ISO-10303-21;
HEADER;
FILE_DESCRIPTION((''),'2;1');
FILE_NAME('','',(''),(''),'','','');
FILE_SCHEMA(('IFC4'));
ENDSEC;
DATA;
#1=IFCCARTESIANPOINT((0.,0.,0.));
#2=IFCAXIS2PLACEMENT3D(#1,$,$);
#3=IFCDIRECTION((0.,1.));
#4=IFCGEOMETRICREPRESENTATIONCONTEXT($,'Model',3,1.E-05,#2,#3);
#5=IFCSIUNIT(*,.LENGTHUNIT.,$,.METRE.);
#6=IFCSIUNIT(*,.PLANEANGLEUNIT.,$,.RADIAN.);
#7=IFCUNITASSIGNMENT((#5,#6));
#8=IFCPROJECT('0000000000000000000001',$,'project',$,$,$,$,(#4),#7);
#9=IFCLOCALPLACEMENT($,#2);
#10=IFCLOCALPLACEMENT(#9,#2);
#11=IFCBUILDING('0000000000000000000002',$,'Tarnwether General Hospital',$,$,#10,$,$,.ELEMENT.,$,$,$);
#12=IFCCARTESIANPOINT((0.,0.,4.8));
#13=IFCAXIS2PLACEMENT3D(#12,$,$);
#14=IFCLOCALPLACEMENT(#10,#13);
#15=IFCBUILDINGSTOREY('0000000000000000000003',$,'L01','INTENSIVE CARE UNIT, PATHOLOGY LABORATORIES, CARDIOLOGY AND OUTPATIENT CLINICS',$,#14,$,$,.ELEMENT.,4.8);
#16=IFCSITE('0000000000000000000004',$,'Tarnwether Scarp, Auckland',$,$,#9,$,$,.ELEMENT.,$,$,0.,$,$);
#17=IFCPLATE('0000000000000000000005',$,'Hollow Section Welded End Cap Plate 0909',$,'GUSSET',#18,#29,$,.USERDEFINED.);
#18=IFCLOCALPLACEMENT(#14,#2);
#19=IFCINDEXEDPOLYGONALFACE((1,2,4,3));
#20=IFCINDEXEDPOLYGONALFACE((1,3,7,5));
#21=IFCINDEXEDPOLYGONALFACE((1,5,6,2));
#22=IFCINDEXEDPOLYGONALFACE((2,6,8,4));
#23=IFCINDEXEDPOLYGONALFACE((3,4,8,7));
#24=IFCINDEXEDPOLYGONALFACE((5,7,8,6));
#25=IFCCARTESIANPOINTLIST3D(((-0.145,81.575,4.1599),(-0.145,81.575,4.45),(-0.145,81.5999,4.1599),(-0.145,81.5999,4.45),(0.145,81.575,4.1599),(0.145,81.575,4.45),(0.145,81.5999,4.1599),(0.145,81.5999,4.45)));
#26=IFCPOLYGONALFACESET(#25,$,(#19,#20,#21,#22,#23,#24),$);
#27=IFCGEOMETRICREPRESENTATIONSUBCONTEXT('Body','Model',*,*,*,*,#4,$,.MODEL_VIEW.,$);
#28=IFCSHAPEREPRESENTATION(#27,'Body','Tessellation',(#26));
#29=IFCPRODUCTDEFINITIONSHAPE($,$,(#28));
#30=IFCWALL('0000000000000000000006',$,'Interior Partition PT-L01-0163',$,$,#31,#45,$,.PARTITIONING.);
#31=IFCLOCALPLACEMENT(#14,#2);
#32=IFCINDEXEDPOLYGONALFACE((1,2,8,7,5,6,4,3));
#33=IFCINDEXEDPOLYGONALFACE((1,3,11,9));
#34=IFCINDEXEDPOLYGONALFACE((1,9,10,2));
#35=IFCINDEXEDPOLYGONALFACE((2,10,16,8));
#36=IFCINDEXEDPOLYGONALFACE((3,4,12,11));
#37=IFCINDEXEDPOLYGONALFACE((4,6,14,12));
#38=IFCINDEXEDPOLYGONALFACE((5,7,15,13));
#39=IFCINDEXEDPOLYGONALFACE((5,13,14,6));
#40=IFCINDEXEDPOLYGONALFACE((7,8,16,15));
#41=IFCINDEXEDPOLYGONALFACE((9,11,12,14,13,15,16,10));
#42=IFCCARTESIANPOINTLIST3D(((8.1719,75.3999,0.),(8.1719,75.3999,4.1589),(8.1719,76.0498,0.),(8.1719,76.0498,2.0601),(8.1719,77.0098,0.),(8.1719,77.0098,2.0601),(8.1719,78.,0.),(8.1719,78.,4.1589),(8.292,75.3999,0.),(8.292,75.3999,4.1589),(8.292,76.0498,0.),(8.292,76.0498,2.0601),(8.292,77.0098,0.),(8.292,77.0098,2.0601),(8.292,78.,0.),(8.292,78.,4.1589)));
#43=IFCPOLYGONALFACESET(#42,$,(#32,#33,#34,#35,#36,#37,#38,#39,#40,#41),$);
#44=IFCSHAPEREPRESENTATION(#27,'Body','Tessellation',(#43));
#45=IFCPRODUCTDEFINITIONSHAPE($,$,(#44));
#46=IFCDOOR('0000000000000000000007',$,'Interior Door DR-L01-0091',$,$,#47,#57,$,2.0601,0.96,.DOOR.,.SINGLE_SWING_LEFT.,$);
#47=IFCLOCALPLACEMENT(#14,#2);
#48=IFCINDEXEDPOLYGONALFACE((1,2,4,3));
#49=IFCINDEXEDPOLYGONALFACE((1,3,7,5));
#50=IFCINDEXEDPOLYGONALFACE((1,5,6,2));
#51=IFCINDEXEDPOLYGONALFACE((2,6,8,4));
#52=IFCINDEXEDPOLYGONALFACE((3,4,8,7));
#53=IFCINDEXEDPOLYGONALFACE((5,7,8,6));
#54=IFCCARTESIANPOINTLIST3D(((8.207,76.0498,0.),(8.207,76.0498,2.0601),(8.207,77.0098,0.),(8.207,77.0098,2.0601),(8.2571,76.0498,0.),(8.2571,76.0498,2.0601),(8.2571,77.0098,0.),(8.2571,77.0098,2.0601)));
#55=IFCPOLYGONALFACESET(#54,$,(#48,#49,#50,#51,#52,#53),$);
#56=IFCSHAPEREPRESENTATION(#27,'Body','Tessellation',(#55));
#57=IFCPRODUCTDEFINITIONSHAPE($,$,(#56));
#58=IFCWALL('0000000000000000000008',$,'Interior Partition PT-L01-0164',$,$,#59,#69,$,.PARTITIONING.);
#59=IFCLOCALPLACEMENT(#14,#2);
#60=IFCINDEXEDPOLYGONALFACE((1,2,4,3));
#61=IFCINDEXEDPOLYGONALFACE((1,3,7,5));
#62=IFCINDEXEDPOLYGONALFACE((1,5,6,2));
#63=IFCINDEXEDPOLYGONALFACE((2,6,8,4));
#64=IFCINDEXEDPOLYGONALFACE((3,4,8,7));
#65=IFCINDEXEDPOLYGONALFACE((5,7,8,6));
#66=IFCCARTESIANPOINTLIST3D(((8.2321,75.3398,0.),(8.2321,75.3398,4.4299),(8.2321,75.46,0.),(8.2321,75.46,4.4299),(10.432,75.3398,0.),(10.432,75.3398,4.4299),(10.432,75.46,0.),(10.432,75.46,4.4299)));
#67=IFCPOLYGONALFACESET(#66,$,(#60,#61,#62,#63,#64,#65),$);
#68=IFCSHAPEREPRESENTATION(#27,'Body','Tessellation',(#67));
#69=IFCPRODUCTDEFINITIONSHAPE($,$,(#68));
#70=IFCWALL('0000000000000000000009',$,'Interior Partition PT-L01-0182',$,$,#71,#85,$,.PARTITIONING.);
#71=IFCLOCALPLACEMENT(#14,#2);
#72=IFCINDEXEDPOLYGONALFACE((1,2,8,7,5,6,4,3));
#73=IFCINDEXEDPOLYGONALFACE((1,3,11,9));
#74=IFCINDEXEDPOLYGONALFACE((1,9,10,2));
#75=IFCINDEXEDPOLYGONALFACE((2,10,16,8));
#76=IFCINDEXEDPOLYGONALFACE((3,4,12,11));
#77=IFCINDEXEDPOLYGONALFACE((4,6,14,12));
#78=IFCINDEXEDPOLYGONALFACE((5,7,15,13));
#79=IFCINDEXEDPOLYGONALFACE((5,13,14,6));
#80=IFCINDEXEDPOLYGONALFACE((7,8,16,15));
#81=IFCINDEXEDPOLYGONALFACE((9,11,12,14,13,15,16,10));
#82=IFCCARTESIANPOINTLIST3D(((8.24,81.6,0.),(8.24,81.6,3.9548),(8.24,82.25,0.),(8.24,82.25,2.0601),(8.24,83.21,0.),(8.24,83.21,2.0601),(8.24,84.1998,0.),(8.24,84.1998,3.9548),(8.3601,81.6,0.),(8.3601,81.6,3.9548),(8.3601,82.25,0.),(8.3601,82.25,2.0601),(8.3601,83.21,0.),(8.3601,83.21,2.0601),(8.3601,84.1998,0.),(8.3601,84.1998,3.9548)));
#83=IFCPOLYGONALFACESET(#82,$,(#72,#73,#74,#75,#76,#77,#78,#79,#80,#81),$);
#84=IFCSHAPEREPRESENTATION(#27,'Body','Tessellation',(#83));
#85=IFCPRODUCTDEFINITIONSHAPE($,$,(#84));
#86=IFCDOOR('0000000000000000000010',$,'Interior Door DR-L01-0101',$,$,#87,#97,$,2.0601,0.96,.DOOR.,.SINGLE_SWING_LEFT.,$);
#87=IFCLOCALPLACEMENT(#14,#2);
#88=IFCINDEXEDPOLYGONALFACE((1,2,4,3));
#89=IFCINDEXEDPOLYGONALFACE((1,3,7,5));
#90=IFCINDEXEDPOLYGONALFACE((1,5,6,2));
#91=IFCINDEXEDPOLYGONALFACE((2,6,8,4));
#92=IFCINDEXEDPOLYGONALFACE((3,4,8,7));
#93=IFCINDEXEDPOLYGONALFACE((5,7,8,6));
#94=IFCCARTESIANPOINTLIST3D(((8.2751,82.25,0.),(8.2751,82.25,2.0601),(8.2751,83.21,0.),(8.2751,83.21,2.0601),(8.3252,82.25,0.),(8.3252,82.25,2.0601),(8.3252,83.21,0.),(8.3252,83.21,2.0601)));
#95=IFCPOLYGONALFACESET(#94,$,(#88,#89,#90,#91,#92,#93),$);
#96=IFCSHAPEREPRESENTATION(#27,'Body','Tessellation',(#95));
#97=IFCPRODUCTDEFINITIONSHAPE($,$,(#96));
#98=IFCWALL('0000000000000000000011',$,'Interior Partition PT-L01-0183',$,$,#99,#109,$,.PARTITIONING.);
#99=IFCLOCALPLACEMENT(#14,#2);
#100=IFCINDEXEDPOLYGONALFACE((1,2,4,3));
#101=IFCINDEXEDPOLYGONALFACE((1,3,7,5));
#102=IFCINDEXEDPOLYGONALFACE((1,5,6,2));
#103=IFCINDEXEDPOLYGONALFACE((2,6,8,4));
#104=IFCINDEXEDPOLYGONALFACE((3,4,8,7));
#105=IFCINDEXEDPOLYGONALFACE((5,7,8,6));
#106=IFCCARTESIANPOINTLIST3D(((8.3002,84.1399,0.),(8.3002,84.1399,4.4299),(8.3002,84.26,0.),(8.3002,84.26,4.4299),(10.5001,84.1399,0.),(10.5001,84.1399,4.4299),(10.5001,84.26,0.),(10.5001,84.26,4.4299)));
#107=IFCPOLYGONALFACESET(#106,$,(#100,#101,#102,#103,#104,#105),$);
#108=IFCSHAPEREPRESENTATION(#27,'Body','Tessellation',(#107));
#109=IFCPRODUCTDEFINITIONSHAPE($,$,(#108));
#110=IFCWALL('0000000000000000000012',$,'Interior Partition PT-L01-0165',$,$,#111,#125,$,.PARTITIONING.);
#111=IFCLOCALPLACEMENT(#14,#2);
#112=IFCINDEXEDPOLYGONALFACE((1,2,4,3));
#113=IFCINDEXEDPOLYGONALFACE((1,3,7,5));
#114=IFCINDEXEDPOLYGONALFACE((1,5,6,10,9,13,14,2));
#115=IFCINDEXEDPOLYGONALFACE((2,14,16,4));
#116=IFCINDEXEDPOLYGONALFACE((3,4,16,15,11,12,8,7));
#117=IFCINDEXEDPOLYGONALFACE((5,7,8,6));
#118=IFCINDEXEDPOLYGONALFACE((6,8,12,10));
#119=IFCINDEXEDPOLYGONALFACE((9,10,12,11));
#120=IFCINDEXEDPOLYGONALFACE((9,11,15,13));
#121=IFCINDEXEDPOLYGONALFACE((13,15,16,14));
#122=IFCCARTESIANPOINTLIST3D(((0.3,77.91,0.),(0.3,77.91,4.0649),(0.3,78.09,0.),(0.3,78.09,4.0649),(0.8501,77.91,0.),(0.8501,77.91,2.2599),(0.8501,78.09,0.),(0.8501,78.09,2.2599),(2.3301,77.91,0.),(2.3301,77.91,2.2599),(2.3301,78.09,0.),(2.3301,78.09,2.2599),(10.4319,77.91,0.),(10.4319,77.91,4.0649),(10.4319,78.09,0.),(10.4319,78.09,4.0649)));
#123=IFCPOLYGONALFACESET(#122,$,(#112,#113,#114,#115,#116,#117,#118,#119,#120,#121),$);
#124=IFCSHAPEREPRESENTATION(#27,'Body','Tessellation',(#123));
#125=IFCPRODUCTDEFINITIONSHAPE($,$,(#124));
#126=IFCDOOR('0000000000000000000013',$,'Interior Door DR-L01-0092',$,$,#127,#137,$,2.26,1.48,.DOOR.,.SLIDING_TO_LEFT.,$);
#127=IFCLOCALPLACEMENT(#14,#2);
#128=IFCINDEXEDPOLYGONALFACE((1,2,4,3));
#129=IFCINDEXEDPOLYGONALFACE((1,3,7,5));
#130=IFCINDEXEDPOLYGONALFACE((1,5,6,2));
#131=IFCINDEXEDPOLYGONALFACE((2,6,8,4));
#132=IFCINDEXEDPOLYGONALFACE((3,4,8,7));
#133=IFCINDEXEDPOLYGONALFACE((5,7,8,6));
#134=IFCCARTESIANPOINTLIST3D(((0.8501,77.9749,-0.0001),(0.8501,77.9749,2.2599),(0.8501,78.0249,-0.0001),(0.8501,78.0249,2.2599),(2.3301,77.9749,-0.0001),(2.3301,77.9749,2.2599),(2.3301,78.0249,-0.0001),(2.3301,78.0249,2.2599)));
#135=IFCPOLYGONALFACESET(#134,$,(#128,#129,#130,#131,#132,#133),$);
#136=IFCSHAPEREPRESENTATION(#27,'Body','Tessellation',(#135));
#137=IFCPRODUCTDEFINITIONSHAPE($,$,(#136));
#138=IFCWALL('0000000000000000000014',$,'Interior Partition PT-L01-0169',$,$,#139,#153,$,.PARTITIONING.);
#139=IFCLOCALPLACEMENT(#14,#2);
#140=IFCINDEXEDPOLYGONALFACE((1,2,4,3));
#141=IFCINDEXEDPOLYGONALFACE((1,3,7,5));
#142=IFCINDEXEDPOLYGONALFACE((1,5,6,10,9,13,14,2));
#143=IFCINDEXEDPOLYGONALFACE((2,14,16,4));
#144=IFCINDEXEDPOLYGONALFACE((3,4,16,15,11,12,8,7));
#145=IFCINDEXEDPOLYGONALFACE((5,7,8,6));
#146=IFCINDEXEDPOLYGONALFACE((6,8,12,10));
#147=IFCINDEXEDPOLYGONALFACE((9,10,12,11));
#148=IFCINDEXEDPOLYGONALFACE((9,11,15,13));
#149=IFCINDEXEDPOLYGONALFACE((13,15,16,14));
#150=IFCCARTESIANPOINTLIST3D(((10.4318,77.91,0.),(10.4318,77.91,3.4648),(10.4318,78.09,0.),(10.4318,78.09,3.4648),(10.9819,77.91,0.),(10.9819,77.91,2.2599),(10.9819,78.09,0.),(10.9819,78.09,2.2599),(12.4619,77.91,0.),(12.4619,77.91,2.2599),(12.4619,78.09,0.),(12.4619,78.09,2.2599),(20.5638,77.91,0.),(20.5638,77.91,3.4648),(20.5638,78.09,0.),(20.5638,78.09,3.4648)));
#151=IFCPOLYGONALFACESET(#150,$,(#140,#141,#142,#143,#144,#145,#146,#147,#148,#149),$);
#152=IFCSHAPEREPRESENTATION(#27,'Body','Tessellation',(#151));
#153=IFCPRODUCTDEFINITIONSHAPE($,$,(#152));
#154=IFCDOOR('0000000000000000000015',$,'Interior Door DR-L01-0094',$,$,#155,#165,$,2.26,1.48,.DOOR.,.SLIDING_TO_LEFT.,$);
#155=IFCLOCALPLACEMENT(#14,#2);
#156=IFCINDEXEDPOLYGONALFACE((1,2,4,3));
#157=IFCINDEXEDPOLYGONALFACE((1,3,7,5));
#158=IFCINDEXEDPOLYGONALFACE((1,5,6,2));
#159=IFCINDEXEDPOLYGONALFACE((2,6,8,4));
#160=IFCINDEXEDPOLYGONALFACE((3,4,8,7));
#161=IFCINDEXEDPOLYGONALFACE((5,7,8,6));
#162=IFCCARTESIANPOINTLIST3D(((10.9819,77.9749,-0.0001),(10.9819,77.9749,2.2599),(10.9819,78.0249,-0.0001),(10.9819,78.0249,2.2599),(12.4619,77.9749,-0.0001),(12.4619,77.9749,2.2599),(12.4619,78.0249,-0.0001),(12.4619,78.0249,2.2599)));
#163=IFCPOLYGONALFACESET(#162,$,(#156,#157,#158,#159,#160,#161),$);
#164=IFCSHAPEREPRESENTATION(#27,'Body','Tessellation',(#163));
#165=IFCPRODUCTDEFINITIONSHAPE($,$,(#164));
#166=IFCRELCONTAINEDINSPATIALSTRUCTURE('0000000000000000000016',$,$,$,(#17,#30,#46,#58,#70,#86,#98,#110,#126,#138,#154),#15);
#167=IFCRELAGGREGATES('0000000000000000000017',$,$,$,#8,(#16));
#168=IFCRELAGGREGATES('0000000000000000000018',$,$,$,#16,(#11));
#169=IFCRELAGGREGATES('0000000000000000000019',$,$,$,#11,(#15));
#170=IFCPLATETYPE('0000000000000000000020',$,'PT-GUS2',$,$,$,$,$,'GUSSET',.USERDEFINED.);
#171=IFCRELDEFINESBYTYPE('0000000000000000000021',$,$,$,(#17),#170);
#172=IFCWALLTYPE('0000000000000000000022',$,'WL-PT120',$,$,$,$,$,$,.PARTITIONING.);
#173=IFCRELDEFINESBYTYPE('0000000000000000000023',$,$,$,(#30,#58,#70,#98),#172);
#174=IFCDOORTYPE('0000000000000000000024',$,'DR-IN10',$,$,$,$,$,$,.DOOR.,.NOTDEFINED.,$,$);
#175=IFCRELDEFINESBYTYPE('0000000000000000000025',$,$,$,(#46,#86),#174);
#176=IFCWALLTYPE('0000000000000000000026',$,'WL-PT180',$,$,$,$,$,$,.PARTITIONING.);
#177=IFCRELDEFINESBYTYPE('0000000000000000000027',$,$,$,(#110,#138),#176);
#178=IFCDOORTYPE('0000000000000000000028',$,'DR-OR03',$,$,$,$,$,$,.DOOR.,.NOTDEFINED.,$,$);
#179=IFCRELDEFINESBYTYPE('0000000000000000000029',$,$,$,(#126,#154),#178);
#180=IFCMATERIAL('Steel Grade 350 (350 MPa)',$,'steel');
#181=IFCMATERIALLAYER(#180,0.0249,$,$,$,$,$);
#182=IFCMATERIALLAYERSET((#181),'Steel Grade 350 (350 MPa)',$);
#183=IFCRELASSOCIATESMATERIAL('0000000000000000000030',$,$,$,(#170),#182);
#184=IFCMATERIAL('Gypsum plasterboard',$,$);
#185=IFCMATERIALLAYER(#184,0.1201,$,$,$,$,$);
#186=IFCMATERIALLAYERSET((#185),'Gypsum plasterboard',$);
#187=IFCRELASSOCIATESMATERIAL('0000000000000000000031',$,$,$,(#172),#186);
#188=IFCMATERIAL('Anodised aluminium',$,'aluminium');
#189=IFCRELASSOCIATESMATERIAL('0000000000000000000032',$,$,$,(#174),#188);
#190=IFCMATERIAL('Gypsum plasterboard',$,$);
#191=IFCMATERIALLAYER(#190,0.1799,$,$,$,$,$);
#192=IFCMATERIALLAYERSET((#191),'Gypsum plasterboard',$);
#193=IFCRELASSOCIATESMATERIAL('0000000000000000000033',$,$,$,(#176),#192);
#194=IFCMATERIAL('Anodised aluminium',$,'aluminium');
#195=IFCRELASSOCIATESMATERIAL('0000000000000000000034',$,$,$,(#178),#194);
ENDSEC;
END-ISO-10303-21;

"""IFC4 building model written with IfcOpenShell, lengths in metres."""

from ifc_helpers import new_model, si_unit, direction, frame, frame_2d, origin, origin_2d, place, context, subcontext, project, spatial, rectangle, extrude, material, layer, layer_set, type_object, element, fill, save


model = new_model("IFC4")

# Units and contexts
model_context = context("Model", 3, precision=1e-05, world=origin(), true_north=direction((0.0, 1.0)))
body_context = subcontext(model_context, "Body", "Model", "MODEL_VIEW")
ifc_project = project(units=[si_unit("LENGTHUNIT", "METRE"), si_unit("PLANEANGLEUNIT", "RADIAN")], contexts=[model_context])

# Site, building, storey
site_placement = place(None, origin())
site = spatial("IfcSite", under=ifc_project, at=site_placement, Name="Tarnwether Scarp, Auckland", CompositionType="ELEMENT", RefElevation=0.0)
building_placement = place(site_placement, origin())
building = spatial("IfcBuilding", under=site, at=building_placement, Name="Tarnwether General Hospital", CompositionType="ELEMENT")
storey_placement = place(building_placement, frame((0.0, 0.0, 4.8)))
storey = spatial("IfcBuildingStorey", under=building, at=storey_placement, Name="L01", Description="INTENSIVE CARE UNIT, PATHOLOGY LABORATORIES, CARDIOLOGY AND OUTPATIENT CLINICS", CompositionType="ELEMENT", Elevation=4.8)

# Plate
ifc_material_1 = material(Name="Steel Grade 350 (350 MPa)", Category="steel")
ifc_layer_1 = layer(ifc_material_1, 0.0249)
ifc_layer_set_1 = layer_set([ifc_layer_1], Name="Steel Grade 350 (350 MPa)")
plate_type = type_object("IfcPlateType", Name="PT-GUS2", ElementType="GUSSET", PredefinedType="USERDEFINED", material=ifc_layer_set_1)
plate_1_placement = place(storey_placement, frame((0.0, 81.5874, 4.1599), z_axis=(0.0, 0.0, 1.0), x_axis=(0.0, 1.0, 0.0)))
element("IfcPlate", 1, at=plate_1_placement, inside=storey, type_object=plate_type, Name="Hollow Section Welded End Cap Plate 0909", ObjectType="GUSSET", PredefinedType="USERDEFINED", context=body_context, shape_type="SweptSolid", body=[
    extrude(rectangle(XDim=0.0249, YDim=0.29, at=origin_2d()), origin(), (0.0, 0.0, 1.0), 0.29),
])

# Wall, opening, door
ifc_material_2 = material(Name="Gypsum plasterboard")
ifc_layer_2 = layer(ifc_material_2, 0.1201)
ifc_layer_set_2 = layer_set([ifc_layer_2], Name="Gypsum plasterboard")
wall_type_1 = type_object("IfcWallType", Name="WL-PT120", PredefinedType="PARTITIONING", material=ifc_layer_set_2)
wall_1_placement = place(storey_placement, frame((8.2319, 75.3999, 0.0), z_axis=(0.0, 0.0, 1.0), x_axis=(0.0, 1.0, 0.0)))
wall_1 = element("IfcWall", 2, at=wall_1_placement, inside=storey, type_object=wall_type_1, Name="Interior Partition PT-L01-0163", PredefinedType="PARTITIONING", context=body_context, shape_type="SweptSolid", body=[
    extrude(rectangle(XDim=2.6001, YDim=0.1201, at=frame_2d((1.3, 0.0))), origin(), (0.0, 0.0, 1.0), 4.1589),
])
opening_1_placement = place(wall_1_placement, frame((0.6499, 0.0, 0.0)))
opening_1 = element("IfcOpeningElement", 3, at=opening_1_placement, cuts=wall_1, PredefinedType="OPENING", context=body_context, shape_type="SweptSolid", body=[
    extrude(rectangle(XDim=0.96, YDim=2.0601, at=frame_2d((0.48, 1.03))), frame((0.0, 0.0701, 0.0), z_axis=(0.0, -1.0, 0.0), x_axis=(1.0, 0.0, 0.0)), (0.0, 0.0, 1.0), 0.1401),
])
ifc_material_3 = material(Name="Anodised aluminium", Category="aluminium")
door_type_1 = type_object("IfcDoorType", Name="DR-IN10", OperationType="NOTDEFINED", PredefinedType="DOOR", material=ifc_material_3)
door_1_placement = place(opening_1_placement, origin())
door_1 = element("IfcDoor", 4, at=door_1_placement, inside=storey, type_object=door_type_1, Name="Interior Door DR-L01-0091", OperationType="SINGLE_SWING_LEFT", OverallHeight=2.0601, OverallWidth=0.96, PredefinedType="DOOR", context=body_context, shape_type="SweptSolid", body=[
    extrude(rectangle(XDim=0.96, YDim=2.0601, at=frame_2d((0.48, 1.03))), frame((0.0, 0.0249, 0.0), z_axis=(0.0, -1.0, 0.0), x_axis=(1.0, 0.0, 0.0)), (0.0, 0.0, 1.0), 0.05),
])
fill(opening_1, door_1)

# Wall
wall_2_placement = place(storey_placement, frame((8.2319, 75.3999, 0.0), z_axis=(0.0, 0.0, 1.0), x_axis=(1.0, 0.0, 0.0)))
element("IfcWall", 5, at=wall_2_placement, inside=storey, type_object=wall_type_1, Name="Interior Partition PT-L01-0164", PredefinedType="PARTITIONING", context=body_context, shape_type="SweptSolid", body=[
    extrude(rectangle(XDim=2.2, YDim=0.1201, at=frame_2d((1.1001, 0.0))), origin(), (0.0, 0.0, 1.0), 4.4299),
])

# Wall, opening, door
wall_3_placement = place(storey_placement, frame((8.3, 81.6001, 0.0), z_axis=(0.0, 0.0, 1.0), x_axis=(0.0, 1.0, 0.0)))
wall_3 = element("IfcWall", 6, at=wall_3_placement, inside=storey, type_object=wall_type_1, Name="Interior Partition PT-L01-0182", PredefinedType="PARTITIONING", context=body_context, shape_type="SweptSolid", body=[
    extrude(rectangle(XDim=2.5999, YDim=0.1201, at=frame_2d((1.2998, 0.0))), origin(), (0.0, 0.0, 1.0), 3.9548),
])
opening_2_placement = place(wall_3_placement, frame((0.6499, 0.0, 0.0)))
opening_2 = element("IfcOpeningElement", 7, at=opening_2_placement, cuts=wall_3, PredefinedType="OPENING", context=body_context, shape_type="SweptSolid", body=[
    extrude(rectangle(XDim=0.96, YDim=2.0601, at=frame_2d((0.48, 1.03))), frame((0.0, 0.0701, 0.0), z_axis=(0.0, -1.0, 0.0), x_axis=(1.0, 0.0, 0.0)), (0.0, 0.0, 1.0), 0.1401),
])
door_2_placement = place(opening_2_placement, origin())
door_2 = element("IfcDoor", 8, at=door_2_placement, inside=storey, type_object=door_type_1, Name="Interior Door DR-L01-0101", OperationType="SINGLE_SWING_LEFT", OverallHeight=2.0601, OverallWidth=0.96, PredefinedType="DOOR", context=body_context, shape_type="SweptSolid", body=[
    extrude(rectangle(XDim=0.96, YDim=2.0601, at=frame_2d((0.48, 1.03))), frame((0.0, 0.0249, 0.0), z_axis=(0.0, -1.0, 0.0), x_axis=(1.0, 0.0, 0.0)), (0.0, 0.0, 1.0), 0.05),
])
fill(opening_2, door_2)

# Wall
wall_4_placement = place(storey_placement, frame((8.3, 84.2, 0.0), z_axis=(0.0, 0.0, 1.0), x_axis=(1.0, 0.0, 0.0)))
element("IfcWall", 9, at=wall_4_placement, inside=storey, type_object=wall_type_1, Name="Interior Partition PT-L01-0183", PredefinedType="PARTITIONING", context=body_context, shape_type="SweptSolid", body=[
    extrude(rectangle(XDim=2.2, YDim=0.1201, at=frame_2d((1.1001, 0.0))), origin(), (0.0, 0.0, 1.0), 4.4299),
])

# Walls, openings, doors
ifc_material_4 = material(Name="Gypsum plasterboard")
ifc_layer_3 = layer(ifc_material_4, 0.1799)
ifc_layer_set_3 = layer_set([ifc_layer_3], Name="Gypsum plasterboard")
wall_type_2 = type_object("IfcWallType", Name="WL-PT180", PredefinedType="PARTITIONING", material=ifc_layer_set_3)
wall_5_placement = place(storey_placement, frame((0.3, 78.0, 0.0), z_axis=(0.0, 0.0, 1.0), x_axis=(1.0, 0.0, 0.0)))
wall_5 = element("IfcWall", 10, at=wall_5_placement, inside=storey, type_object=wall_type_2, Name="Interior Partition PT-L01-0165", PredefinedType="PARTITIONING", context=body_context, shape_type="SweptSolid", body=[
    extrude(rectangle(XDim=10.1318, YDim=0.1799, at=frame_2d((5.0659, 0.0))), origin(), (0.0, 0.0, 1.0), 4.0649),
])
opening_3_placement = place(wall_5_placement, frame((0.55, 0.0, 0.0)))
opening_3 = element("IfcOpeningElement", 11, at=opening_3_placement, cuts=wall_5, PredefinedType="OPENING", context=body_context, shape_type="SweptSolid", body=[
    extrude(rectangle(XDim=1.48, YDim=2.26, at=frame_2d((0.74, 1.1299))), frame((0.0, 0.1001, 0.0), z_axis=(0.0, -1.0, 0.0), x_axis=(1.0, 0.0, 0.0)), (0.0, 0.0, 1.0), 0.2),
])
ifc_material_5 = material(Name="Anodised aluminium", Category="aluminium")
door_type_2 = type_object("IfcDoorType", Name="DR-OR03", OperationType="NOTDEFINED", PredefinedType="DOOR", material=ifc_material_5)
door_3_placement = place(opening_3_placement, origin())
door_3 = element("IfcDoor", 12, at=door_3_placement, inside=storey, type_object=door_type_2, Name="Interior Door DR-L01-0092", OperationType="SLIDING_TO_LEFT", OverallHeight=2.26, OverallWidth=1.48, PredefinedType="DOOR", context=body_context, shape_type="SweptSolid", body=[
    extrude(rectangle(XDim=1.48, YDim=2.26, at=frame_2d((0.74, 1.1299))), frame((0.0, 0.0249, 0.0), z_axis=(0.0, -1.0, 0.0), x_axis=(1.0, 0.0, 0.0)), (0.0, 0.0, 1.0), 0.05),
])
fill(opening_3, door_3)
wall_6_placement = place(storey_placement, frame((10.4319, 78.0, 0.0), z_axis=(0.0, 0.0, 1.0), x_axis=(1.0, 0.0, 0.0)))
wall_6 = element("IfcWall", 13, at=wall_6_placement, inside=storey, type_object=wall_type_2, Name="Interior Partition PT-L01-0169", PredefinedType="PARTITIONING", context=body_context, shape_type="SweptSolid", body=[
    extrude(rectangle(XDim=10.1321, YDim=0.1799, at=frame_2d((5.0659, 0.0))), origin(), (0.0, 0.0, 1.0), 3.4648),
])
opening_4_placement = place(wall_6_placement, frame((0.55, 0.0, 0.0)))
opening_4 = element("IfcOpeningElement", 14, at=opening_4_placement, cuts=wall_6, PredefinedType="OPENING", context=body_context, shape_type="SweptSolid", body=[
    extrude(rectangle(XDim=1.48, YDim=2.26, at=frame_2d((0.74, 1.1299))), frame((0.0, 0.1001, 0.0), z_axis=(0.0, -1.0, 0.0), x_axis=(1.0, 0.0, 0.0)), (0.0, 0.0, 1.0), 0.2),
])
door_4_placement = place(opening_4_placement, origin())
door_4 = element("IfcDoor", 15, at=door_4_placement, inside=storey, type_object=door_type_2, Name="Interior Door DR-L01-0094", OperationType="SLIDING_TO_LEFT", OverallHeight=2.26, OverallWidth=1.48, PredefinedType="DOOR", context=body_context, shape_type="SweptSolid", body=[
    extrude(rectangle(XDim=1.48, YDim=2.26, at=frame_2d((0.74, 1.1299))), frame((0.0, 0.0249, 0.0), z_axis=(0.0, -1.0, 0.0), x_axis=(1.0, 0.0, 0.0)), (0.0, 0.0, 1.0), 0.05),
])
fill(opening_4, door_4)

save(model, "model.ifc")
